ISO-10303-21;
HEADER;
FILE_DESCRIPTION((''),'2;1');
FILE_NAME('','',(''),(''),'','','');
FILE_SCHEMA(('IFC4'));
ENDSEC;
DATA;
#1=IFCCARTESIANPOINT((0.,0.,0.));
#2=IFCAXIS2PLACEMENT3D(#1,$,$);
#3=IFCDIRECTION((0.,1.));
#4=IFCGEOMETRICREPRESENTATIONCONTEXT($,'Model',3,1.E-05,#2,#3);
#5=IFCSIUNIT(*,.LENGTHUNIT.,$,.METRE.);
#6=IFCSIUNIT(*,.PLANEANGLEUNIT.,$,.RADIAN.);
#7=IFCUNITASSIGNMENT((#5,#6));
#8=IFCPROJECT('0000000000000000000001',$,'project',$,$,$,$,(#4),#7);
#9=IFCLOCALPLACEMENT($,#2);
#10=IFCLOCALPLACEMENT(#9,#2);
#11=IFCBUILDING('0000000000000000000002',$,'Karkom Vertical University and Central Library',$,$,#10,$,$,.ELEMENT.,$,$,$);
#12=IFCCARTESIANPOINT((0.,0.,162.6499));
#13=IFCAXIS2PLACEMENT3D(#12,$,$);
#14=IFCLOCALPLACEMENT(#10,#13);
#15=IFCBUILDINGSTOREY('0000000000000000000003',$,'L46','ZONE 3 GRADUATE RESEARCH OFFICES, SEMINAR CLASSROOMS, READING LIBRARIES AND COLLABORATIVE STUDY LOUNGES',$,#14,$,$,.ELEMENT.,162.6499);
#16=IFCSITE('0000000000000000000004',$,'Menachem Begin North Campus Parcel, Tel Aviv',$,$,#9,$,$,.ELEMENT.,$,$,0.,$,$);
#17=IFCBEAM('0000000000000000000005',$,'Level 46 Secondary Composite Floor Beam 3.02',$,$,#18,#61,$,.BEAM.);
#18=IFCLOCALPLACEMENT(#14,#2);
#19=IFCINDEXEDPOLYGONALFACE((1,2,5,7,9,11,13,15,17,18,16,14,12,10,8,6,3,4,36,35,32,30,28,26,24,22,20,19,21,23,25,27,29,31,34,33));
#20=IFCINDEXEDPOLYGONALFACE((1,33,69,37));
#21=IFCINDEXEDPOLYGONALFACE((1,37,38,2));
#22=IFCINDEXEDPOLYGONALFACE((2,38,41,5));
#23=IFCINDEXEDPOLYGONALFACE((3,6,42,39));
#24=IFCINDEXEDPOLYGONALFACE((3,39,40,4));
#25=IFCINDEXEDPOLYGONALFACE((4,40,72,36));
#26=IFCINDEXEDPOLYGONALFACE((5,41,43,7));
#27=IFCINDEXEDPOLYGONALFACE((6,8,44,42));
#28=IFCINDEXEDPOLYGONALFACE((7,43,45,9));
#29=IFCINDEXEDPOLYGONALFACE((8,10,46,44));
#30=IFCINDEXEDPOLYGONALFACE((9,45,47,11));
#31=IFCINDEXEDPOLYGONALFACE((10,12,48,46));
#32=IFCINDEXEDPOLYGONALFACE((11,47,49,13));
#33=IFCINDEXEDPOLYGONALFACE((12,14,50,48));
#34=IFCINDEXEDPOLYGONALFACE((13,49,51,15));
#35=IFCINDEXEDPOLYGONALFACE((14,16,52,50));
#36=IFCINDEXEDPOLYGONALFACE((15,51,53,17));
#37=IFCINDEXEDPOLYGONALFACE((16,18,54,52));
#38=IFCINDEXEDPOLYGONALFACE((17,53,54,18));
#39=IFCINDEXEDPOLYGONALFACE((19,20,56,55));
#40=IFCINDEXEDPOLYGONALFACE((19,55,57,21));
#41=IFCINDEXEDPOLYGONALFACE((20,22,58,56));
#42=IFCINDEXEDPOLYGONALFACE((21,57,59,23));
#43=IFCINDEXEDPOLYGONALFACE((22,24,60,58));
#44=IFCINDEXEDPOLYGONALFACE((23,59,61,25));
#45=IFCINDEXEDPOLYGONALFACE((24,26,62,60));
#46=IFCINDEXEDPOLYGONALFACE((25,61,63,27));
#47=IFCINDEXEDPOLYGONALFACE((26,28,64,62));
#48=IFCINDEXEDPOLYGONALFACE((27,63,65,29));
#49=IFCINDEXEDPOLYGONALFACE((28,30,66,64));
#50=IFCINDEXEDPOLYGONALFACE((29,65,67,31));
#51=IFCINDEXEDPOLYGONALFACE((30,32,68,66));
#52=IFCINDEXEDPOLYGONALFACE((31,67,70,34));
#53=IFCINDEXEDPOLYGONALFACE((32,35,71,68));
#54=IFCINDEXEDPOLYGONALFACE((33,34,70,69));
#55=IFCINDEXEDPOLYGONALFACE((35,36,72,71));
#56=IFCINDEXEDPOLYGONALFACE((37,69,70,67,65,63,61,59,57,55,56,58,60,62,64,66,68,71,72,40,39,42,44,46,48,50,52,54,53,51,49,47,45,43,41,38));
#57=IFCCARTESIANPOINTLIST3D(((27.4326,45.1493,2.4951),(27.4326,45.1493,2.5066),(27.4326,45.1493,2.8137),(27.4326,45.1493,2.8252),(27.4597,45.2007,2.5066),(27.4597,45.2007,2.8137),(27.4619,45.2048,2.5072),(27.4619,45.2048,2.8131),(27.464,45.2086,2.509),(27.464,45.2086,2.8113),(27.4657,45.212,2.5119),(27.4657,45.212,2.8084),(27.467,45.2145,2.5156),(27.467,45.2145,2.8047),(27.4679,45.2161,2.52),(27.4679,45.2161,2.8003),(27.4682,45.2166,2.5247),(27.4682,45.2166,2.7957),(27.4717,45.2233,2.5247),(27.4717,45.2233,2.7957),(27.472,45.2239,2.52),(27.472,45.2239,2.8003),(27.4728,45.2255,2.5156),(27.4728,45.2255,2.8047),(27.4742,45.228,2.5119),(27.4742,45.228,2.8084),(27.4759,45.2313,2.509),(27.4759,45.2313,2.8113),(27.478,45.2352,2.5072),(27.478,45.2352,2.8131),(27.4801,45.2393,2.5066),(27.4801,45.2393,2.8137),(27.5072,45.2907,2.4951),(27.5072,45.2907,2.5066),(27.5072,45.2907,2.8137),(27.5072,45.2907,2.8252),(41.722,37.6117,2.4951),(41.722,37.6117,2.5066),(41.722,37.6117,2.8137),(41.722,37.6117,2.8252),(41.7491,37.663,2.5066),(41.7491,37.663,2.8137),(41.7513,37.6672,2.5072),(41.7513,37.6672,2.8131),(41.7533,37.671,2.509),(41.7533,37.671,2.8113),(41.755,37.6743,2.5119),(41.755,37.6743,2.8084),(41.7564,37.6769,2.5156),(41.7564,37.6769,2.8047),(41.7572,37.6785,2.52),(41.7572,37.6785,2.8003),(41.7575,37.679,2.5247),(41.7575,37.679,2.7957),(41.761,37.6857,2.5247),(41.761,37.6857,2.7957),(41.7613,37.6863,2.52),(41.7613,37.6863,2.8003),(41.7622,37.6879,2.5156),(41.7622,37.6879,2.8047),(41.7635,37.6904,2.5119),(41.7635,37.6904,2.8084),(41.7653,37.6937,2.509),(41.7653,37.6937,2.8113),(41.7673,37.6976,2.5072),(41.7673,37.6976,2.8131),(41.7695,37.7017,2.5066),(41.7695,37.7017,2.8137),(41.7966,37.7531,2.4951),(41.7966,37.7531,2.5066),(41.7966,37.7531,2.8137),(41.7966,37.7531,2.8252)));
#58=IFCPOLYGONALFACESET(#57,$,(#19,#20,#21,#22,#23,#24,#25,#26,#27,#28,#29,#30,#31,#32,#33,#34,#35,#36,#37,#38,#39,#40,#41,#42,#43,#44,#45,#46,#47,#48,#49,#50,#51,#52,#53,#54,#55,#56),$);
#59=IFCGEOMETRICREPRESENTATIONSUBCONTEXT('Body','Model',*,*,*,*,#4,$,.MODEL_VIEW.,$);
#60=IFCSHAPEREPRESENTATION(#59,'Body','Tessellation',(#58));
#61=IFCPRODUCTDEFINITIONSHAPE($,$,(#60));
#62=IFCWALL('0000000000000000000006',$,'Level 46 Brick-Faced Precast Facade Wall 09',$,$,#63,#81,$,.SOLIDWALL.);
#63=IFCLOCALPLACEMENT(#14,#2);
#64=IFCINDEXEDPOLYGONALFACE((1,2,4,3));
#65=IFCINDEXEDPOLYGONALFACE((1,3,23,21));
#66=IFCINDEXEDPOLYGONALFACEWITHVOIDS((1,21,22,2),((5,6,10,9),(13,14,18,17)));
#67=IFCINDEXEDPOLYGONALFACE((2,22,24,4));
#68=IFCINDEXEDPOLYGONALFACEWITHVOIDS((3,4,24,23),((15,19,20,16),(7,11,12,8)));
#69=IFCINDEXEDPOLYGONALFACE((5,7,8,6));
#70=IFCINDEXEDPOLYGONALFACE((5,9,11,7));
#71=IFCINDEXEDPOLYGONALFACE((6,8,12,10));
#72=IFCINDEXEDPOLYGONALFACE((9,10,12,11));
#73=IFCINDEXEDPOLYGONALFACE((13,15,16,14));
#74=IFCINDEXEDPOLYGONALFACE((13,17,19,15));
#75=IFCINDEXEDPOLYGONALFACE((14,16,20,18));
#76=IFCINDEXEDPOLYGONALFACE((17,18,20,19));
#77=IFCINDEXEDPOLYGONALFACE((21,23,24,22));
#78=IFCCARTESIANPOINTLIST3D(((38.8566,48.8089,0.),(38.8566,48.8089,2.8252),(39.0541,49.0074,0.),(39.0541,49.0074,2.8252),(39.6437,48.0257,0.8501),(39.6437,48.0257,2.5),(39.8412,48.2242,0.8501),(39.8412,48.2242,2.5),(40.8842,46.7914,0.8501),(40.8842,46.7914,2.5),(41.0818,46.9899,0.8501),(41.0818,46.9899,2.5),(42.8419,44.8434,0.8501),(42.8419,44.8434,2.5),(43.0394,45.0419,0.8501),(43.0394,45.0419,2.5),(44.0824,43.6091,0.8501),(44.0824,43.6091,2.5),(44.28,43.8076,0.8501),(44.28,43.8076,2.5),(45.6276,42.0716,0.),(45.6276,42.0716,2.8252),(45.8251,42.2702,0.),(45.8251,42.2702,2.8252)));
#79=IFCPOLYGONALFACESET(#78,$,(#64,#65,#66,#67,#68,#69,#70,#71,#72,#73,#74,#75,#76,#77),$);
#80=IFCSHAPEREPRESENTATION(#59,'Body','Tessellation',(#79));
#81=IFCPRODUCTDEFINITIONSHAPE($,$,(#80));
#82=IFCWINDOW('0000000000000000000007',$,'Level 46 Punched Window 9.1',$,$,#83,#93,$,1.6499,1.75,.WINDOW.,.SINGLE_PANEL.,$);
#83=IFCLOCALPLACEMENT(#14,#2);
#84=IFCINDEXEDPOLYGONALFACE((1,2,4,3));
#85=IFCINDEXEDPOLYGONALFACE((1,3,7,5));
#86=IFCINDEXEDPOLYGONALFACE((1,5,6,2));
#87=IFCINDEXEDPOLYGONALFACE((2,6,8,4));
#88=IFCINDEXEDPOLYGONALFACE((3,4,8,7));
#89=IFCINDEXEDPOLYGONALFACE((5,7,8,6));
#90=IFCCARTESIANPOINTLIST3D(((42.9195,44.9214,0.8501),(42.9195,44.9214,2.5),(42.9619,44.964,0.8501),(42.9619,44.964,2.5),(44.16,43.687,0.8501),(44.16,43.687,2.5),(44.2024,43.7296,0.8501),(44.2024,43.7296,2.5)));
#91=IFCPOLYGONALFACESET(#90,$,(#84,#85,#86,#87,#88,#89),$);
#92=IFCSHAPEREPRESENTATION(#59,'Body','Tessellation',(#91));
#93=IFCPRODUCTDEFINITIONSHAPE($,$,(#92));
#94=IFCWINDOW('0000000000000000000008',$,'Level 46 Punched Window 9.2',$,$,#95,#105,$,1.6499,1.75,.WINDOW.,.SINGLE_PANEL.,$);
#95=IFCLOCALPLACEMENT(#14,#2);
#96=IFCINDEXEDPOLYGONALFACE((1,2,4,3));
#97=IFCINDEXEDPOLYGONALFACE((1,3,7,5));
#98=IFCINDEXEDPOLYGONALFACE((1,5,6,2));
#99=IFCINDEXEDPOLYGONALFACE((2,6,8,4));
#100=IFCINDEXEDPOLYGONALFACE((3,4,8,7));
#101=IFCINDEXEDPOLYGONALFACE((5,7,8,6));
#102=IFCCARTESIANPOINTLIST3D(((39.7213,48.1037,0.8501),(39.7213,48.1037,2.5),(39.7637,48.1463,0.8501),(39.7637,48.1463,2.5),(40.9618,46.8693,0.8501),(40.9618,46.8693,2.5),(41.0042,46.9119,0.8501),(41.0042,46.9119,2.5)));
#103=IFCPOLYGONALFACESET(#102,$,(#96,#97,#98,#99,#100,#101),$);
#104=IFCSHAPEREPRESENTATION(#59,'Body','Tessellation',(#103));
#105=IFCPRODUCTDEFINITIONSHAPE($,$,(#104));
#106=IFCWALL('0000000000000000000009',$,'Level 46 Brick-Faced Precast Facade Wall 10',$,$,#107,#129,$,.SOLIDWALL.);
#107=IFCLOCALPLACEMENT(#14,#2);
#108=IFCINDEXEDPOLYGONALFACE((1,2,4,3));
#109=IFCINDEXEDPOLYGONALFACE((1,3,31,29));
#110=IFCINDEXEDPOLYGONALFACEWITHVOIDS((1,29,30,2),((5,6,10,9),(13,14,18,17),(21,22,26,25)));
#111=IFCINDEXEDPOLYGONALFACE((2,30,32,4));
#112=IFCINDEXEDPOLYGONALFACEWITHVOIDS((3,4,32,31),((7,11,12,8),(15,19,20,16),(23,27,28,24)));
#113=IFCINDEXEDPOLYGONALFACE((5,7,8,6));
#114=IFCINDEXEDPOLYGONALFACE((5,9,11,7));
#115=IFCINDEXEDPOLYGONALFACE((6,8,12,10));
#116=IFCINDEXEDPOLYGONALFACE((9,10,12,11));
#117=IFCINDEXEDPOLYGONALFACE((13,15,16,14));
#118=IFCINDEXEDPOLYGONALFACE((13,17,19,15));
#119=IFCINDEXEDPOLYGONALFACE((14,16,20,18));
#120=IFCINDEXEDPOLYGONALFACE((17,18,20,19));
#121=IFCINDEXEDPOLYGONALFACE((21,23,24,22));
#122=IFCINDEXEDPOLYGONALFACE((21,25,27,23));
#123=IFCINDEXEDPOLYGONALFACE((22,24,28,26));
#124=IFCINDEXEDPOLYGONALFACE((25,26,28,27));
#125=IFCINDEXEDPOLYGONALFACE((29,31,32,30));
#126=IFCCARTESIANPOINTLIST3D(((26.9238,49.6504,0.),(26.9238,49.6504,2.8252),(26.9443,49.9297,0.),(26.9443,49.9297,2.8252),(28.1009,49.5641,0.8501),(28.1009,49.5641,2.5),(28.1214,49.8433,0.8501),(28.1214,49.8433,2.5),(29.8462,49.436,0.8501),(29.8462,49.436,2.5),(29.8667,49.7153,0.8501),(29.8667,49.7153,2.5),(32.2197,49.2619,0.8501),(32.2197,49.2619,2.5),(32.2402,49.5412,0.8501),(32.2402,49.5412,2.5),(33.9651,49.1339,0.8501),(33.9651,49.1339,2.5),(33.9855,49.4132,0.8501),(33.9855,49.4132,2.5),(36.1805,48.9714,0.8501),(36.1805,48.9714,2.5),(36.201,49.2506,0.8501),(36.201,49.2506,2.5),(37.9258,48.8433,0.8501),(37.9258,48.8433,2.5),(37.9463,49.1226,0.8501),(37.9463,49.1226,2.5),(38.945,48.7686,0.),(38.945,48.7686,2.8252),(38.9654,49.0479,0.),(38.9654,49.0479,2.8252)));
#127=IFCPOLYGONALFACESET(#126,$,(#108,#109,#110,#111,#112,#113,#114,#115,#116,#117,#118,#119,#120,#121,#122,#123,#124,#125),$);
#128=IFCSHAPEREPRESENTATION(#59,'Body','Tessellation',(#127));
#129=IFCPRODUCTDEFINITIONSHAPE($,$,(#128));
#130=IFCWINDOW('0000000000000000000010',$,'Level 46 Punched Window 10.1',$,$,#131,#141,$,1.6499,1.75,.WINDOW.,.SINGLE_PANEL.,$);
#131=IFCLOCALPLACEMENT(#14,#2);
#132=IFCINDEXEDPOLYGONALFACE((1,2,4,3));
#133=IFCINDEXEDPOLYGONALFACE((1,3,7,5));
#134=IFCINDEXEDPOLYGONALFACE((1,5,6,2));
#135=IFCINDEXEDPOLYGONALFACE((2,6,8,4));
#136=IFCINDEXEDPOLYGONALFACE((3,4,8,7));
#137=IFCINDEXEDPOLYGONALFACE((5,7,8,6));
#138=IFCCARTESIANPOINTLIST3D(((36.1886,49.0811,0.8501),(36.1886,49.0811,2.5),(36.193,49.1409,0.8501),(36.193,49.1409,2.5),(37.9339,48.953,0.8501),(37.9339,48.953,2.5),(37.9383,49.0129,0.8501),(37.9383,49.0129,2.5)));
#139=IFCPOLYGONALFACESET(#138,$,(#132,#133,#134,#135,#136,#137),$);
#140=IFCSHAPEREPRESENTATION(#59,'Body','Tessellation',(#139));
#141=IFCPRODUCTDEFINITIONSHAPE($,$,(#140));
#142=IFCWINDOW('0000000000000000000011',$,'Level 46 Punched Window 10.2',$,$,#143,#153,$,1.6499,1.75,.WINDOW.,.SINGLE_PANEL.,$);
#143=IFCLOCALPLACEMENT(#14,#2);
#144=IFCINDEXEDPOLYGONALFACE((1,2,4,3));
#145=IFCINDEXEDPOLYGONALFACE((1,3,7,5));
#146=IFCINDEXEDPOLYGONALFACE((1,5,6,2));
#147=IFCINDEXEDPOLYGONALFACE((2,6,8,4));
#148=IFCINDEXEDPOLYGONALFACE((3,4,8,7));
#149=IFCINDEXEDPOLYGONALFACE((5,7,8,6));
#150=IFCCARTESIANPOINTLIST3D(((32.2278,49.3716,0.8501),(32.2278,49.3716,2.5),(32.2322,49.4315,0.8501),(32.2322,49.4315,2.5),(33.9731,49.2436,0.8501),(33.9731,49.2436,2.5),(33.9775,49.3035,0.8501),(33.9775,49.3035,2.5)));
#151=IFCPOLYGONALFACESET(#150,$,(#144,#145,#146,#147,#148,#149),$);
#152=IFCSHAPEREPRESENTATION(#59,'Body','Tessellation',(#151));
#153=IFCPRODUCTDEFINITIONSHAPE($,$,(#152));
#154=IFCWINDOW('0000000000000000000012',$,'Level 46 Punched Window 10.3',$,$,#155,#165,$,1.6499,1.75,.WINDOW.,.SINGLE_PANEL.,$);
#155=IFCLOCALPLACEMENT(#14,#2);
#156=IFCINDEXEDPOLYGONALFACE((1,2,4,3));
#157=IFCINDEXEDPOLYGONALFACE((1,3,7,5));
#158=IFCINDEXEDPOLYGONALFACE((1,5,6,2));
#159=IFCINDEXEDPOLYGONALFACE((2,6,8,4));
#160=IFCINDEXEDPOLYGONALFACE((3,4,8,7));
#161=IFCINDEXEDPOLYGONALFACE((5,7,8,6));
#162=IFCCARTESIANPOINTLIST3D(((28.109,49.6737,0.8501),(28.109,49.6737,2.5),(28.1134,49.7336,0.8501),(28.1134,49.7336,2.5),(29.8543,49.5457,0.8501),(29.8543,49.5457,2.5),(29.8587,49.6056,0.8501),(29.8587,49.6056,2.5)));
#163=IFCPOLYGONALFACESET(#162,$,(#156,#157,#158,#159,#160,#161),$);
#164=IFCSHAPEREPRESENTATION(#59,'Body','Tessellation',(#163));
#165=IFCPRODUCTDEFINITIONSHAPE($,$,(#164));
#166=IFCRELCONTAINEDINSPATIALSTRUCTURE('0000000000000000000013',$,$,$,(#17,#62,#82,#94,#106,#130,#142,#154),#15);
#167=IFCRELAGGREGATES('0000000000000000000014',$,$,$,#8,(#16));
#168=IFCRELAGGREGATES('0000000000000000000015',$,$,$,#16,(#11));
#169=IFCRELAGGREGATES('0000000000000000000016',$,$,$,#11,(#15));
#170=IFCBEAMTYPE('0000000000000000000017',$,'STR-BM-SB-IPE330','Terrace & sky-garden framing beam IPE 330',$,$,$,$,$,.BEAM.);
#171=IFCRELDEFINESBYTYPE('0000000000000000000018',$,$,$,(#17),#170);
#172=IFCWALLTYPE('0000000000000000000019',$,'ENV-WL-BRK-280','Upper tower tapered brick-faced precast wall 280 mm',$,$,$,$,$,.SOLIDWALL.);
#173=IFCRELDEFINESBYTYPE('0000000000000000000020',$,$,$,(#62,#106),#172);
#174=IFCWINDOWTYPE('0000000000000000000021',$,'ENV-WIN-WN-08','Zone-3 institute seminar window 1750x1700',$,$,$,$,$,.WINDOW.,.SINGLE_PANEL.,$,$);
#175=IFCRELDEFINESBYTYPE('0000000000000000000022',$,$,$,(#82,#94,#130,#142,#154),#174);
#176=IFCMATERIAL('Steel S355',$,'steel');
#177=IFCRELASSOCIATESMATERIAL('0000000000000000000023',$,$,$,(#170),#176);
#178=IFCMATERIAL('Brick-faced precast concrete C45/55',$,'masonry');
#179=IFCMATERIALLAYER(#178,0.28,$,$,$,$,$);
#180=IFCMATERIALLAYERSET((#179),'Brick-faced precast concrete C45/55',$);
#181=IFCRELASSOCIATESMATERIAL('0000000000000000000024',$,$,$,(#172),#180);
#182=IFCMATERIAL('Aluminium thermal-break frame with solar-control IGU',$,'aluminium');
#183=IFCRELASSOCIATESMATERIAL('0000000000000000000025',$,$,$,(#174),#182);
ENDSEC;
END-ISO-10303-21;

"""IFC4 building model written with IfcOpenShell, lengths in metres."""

from ifc_helpers import new_model, si_unit, direction, frame, frame_2d, origin, origin_with_axes, origin_2d, place, context, subcontext, project, spatial, rectangle, i_section, extrude, source, transform, mapped, material, layer, layer_set, material_profile, profile_set, type_object, element, fill, save


model = new_model("IFC4")

# Units and contexts
model_context = context("Model", 3, precision=1e-05, world=origin(), true_north=direction((0.0, 1.0)))
body_context = subcontext(model_context, "Body", "Model", "MODEL_VIEW")
ifc_project = project(units=[si_unit("LENGTHUNIT", "METRE"), si_unit("PLANEANGLEUNIT", "RADIAN")], contexts=[model_context])

# Site, building, storey
site_placement = place(None, origin())
site = spatial("IfcSite", under=ifc_project, at=site_placement, Name="Menachem Begin North Campus Parcel, Tel Aviv", CompositionType="ELEMENT", RefElevation=0.0)
building_placement = place(site_placement, origin())
building = spatial("IfcBuilding", under=site, at=building_placement, Name="Karkom Vertical University and Central Library", CompositionType="ELEMENT")
storey_placement = place(building_placement, frame((0.0, 0.0, 162.6499)))
storey = spatial("IfcBuildingStorey", under=building, at=storey_placement, Name="L46", Description="ZONE 3 GRADUATE RESEARCH OFFICES, SEMINAR CLASSROOMS, READING LIBRARIES AND COLLABORATIVE STUDY LOUNGES", CompositionType="ELEMENT", Elevation=162.6499)

# Beam
ifc_material_1 = material(Name="Steel S355", Category="steel")
ifc_material_profile_1 = material_profile(ifc_material_1, i_section(OverallWidth=0.1599, OverallDepth=0.3301, WebThickness=0.0076, FlangeThickness=0.0115, FilletRadius=0.0181, at=origin_2d()), Name="IPE 330")
ifc_profile_set_1 = profile_set([ifc_material_profile_1], Name="Steel S355")
beam_type_1 = type_object("IfcBeamType", Name="STR-BM-SB-IPE330", Description="Terrace & sky-garden framing beam IPE 330", PredefinedType="BEAM", material=ifc_profile_set_1)
shared_shape_1 = source(origin_with_axes(), body_context, "Body", "SweptSolid", [
    extrude(i_section(OverallWidth=0.1599, OverallDepth=0.3301, WebThickness=0.0076, FlangeThickness=0.0115, FilletRadius=0.0181, at=origin_2d()), origin(), (0.0, 0.0, 1.0), 16.1555),
])
beam_1_placement = place(storey_placement, frame((41.7593, 37.6824, 2.6602), z_axis=(-0.884486, 0.466566, 0.0), x_axis=(-0.466566, -0.884486, 0.0)))
element("IfcBeam", 1, at=beam_1_placement, inside=storey, type_object=beam_type_1, Name="Level 46 Secondary Composite Floor Beam 3.02", PredefinedType="BEAM", context=body_context, shape_type="MappedRepresentation", body=[
    mapped(shared_shape_1, transform((0.0, 0.0, 0.0), scale=1.0)),
])

# Walls, openings, windows
ifc_material_2 = material(Name="Brick-faced precast concrete C45/55", Category="masonry")
ifc_layer_1 = layer(ifc_material_2, 0.28)
ifc_layer_set_1 = layer_set([ifc_layer_1], Name="Brick-faced precast concrete C45/55")
wall_type_1 = type_object("IfcWallType", Name="ENV-WL-BRK-280", Description="Upper tower tapered brick-faced precast wall 280 mm", PredefinedType="SOLIDWALL", material=ifc_layer_set_1)
wall_1_placement = place(storey_placement, frame((45.7263, 42.1709, 0.0), z_axis=(0.0, 0.0, 1.0), x_axis=(-0.708868, 0.705341, 0.0)))
wall_1 = element("IfcWall", 2, at=wall_1_placement, inside=storey, type_object=wall_type_1, Name="Level 46 Brick-Faced Precast Facade Wall 09", PredefinedType="SOLIDWALL", context=body_context, shape_type="SweptSolid", body=[
    extrude(rectangle(XDim=9.5518, YDim=0.28, at=frame_2d((4.7759, 0.0))), origin(), (0.0, 0.0, 1.0), 2.8252),
])
opening_1_placement = place(wall_1_placement, frame((2.1797, 0.0, 0.8501)))
opening_1 = element("IfcOpeningElement", 3, at=opening_1_placement, cuts=wall_1, PredefinedType="OPENING", context=body_context, shape_type="SweptSolid", body=[
    extrude(rectangle(XDim=1.75, YDim=1.6499, at=frame_2d((0.875, 0.825))), frame((0.0, 0.1499, 0.0), z_axis=(0.0, -1.0, 0.0), x_axis=(1.0, 0.0, 0.0)), (0.0, 0.0, 1.0), 0.3),
])
opening_2_placement = place(wall_1_placement, frame((6.6914, 0.0, 0.8501)))
opening_2 = element("IfcOpeningElement", 4, at=opening_2_placement, cuts=wall_1, PredefinedType="OPENING", context=body_context, shape_type="SweptSolid", body=[
    extrude(rectangle(XDim=1.75, YDim=1.6499, at=frame_2d((0.875, 0.825))), frame((0.0, 0.1499, 0.0), z_axis=(0.0, -1.0, 0.0), x_axis=(1.0, 0.0, 0.0)), (0.0, 0.0, 1.0), 0.3),
])
ifc_material_3 = material(Name="Aluminium thermal-break frame with solar-control IGU", Category="aluminium")
window_type = type_object("IfcWindowType", Name="ENV-WIN-WN-08", Description="Zone-3 institute seminar window 1750x1700", PartitioningType="SINGLE_PANEL", PredefinedType="WINDOW", material=ifc_material_3)
shared_shape_2 = source(origin_with_axes(), body_context, "Body", "SweptSolid", [
    extrude(rectangle(XDim=1.75, YDim=1.6499, at=frame_2d((0.875, 0.825))), frame((0.0, 0.03, 0.0), z_axis=(0.0, -1.0, 0.0), x_axis=(1.0, 0.0, 0.0)), (0.0, 0.0, 1.0), 0.0601),
])
window_1_placement = place(opening_1_placement, origin())
window_1 = element("IfcWindow", 5, at=window_1_placement, inside=storey, type_object=window_type, Name="Level 46 Punched Window 9.1", OverallHeight=1.6499, OverallWidth=1.75, PartitioningType="SINGLE_PANEL", PredefinedType="WINDOW", context=body_context, shape_type="MappedRepresentation", body=[
    mapped(shared_shape_2, transform((0.0, 0.0, 0.0), scale=1.0)),
])
fill(opening_1, window_1)
window_2_placement = place(opening_2_placement, origin())
window_2 = element("IfcWindow", 6, at=window_2_placement, inside=storey, type_object=window_type, Name="Level 46 Punched Window 9.2", OverallHeight=1.6499, OverallWidth=1.75, PartitioningType="SINGLE_PANEL", PredefinedType="WINDOW", context=body_context, shape_type="MappedRepresentation", body=[
    mapped(shared_shape_2, transform((0.0, 0.0, 0.0), scale=1.0)),
])
fill(opening_2, window_2)
wall_2_placement = place(storey_placement, frame((38.9553, 48.9082, 0.0), z_axis=(0.0, 0.0, 1.0), x_axis=(-0.99732, 0.07316, 0.0)))
wall_2 = element("IfcWall", 7, at=wall_2_placement, inside=storey, type_object=wall_type_1, Name="Level 46 Brick-Faced Precast Facade Wall 10", PredefinedType="SOLIDWALL", context=body_context, shape_type="SweptSolid", body=[
    extrude(rectangle(XDim=12.0535, YDim=0.28, at=frame_2d((6.0269, 0.0))), origin(), (0.0, 0.0, 1.0), 2.8252),
])
opening_3_placement = place(wall_2_placement, frame((1.022, 0.0, 0.8501)))
opening_3 = element("IfcOpeningElement", 8, at=opening_3_placement, cuts=wall_2, PredefinedType="OPENING", context=body_context, shape_type="SweptSolid", body=[
    extrude(rectangle(XDim=1.75, YDim=1.6499, at=frame_2d((0.875, 0.825))), frame((0.0, 0.1499, 0.0), z_axis=(0.0, -1.0, 0.0), x_axis=(1.0, 0.0, 0.0)), (0.0, 0.0, 1.0), 0.3),
])
opening_4_placement = place(wall_2_placement, frame((4.9934, 0.0, 0.8501)))
opening_4 = element("IfcOpeningElement", 9, at=opening_4_placement, cuts=wall_2, PredefinedType="OPENING", context=body_context, shape_type="SweptSolid", body=[
    extrude(rectangle(XDim=1.75, YDim=1.6499, at=frame_2d((0.875, 0.825))), frame((0.0, 0.1499, 0.0), z_axis=(0.0, -1.0, 0.0), x_axis=(1.0, 0.0, 0.0)), (0.0, 0.0, 1.0), 0.3),
])
opening_5_placement = place(wall_2_placement, frame((9.1233, 0.0, 0.8501)))
opening_5 = element("IfcOpeningElement", 10, at=opening_5_placement, cuts=wall_2, PredefinedType="OPENING", context=body_context, shape_type="SweptSolid", body=[
    extrude(rectangle(XDim=1.75, YDim=1.6499, at=frame_2d((0.875, 0.825))), frame((0.0, 0.1499, 0.0), z_axis=(0.0, -1.0, 0.0), x_axis=(1.0, 0.0, 0.0)), (0.0, 0.0, 1.0), 0.3),
])
window_3_placement = place(opening_3_placement, origin())
window_3 = element("IfcWindow", 11, at=window_3_placement, inside=storey, type_object=window_type, Name="Level 46 Punched Window 10.1", OverallHeight=1.6499, OverallWidth=1.75, PartitioningType="SINGLE_PANEL", PredefinedType="WINDOW", context=body_context, shape_type="MappedRepresentation", body=[
    mapped(shared_shape_2, transform((0.0, 0.0, 0.0), scale=1.0)),
])
fill(opening_3, window_3)
window_4_placement = place(opening_4_placement, origin())
window_4 = element("IfcWindow", 12, at=window_4_placement, inside=storey, type_object=window_type, Name="Level 46 Punched Window 10.2", OverallHeight=1.6499, OverallWidth=1.75, PartitioningType="SINGLE_PANEL", PredefinedType="WINDOW", context=body_context, shape_type="MappedRepresentation", body=[
    mapped(shared_shape_2, transform((0.0, 0.0, 0.0), scale=1.0)),
])
fill(opening_4, window_4)
window_5_placement = place(opening_5_placement, origin())
window_5 = element("IfcWindow", 13, at=window_5_placement, inside=storey, type_object=window_type, Name="Level 46 Punched Window 10.3", OverallHeight=1.6499, OverallWidth=1.75, PartitioningType="SINGLE_PANEL", PredefinedType="WINDOW", context=body_context, shape_type="MappedRepresentation", body=[
    mapped(shared_shape_2, transform((0.0, 0.0, 0.0), scale=1.0)),
])
fill(opening_5, window_5)

save(model, "model.ifc")
